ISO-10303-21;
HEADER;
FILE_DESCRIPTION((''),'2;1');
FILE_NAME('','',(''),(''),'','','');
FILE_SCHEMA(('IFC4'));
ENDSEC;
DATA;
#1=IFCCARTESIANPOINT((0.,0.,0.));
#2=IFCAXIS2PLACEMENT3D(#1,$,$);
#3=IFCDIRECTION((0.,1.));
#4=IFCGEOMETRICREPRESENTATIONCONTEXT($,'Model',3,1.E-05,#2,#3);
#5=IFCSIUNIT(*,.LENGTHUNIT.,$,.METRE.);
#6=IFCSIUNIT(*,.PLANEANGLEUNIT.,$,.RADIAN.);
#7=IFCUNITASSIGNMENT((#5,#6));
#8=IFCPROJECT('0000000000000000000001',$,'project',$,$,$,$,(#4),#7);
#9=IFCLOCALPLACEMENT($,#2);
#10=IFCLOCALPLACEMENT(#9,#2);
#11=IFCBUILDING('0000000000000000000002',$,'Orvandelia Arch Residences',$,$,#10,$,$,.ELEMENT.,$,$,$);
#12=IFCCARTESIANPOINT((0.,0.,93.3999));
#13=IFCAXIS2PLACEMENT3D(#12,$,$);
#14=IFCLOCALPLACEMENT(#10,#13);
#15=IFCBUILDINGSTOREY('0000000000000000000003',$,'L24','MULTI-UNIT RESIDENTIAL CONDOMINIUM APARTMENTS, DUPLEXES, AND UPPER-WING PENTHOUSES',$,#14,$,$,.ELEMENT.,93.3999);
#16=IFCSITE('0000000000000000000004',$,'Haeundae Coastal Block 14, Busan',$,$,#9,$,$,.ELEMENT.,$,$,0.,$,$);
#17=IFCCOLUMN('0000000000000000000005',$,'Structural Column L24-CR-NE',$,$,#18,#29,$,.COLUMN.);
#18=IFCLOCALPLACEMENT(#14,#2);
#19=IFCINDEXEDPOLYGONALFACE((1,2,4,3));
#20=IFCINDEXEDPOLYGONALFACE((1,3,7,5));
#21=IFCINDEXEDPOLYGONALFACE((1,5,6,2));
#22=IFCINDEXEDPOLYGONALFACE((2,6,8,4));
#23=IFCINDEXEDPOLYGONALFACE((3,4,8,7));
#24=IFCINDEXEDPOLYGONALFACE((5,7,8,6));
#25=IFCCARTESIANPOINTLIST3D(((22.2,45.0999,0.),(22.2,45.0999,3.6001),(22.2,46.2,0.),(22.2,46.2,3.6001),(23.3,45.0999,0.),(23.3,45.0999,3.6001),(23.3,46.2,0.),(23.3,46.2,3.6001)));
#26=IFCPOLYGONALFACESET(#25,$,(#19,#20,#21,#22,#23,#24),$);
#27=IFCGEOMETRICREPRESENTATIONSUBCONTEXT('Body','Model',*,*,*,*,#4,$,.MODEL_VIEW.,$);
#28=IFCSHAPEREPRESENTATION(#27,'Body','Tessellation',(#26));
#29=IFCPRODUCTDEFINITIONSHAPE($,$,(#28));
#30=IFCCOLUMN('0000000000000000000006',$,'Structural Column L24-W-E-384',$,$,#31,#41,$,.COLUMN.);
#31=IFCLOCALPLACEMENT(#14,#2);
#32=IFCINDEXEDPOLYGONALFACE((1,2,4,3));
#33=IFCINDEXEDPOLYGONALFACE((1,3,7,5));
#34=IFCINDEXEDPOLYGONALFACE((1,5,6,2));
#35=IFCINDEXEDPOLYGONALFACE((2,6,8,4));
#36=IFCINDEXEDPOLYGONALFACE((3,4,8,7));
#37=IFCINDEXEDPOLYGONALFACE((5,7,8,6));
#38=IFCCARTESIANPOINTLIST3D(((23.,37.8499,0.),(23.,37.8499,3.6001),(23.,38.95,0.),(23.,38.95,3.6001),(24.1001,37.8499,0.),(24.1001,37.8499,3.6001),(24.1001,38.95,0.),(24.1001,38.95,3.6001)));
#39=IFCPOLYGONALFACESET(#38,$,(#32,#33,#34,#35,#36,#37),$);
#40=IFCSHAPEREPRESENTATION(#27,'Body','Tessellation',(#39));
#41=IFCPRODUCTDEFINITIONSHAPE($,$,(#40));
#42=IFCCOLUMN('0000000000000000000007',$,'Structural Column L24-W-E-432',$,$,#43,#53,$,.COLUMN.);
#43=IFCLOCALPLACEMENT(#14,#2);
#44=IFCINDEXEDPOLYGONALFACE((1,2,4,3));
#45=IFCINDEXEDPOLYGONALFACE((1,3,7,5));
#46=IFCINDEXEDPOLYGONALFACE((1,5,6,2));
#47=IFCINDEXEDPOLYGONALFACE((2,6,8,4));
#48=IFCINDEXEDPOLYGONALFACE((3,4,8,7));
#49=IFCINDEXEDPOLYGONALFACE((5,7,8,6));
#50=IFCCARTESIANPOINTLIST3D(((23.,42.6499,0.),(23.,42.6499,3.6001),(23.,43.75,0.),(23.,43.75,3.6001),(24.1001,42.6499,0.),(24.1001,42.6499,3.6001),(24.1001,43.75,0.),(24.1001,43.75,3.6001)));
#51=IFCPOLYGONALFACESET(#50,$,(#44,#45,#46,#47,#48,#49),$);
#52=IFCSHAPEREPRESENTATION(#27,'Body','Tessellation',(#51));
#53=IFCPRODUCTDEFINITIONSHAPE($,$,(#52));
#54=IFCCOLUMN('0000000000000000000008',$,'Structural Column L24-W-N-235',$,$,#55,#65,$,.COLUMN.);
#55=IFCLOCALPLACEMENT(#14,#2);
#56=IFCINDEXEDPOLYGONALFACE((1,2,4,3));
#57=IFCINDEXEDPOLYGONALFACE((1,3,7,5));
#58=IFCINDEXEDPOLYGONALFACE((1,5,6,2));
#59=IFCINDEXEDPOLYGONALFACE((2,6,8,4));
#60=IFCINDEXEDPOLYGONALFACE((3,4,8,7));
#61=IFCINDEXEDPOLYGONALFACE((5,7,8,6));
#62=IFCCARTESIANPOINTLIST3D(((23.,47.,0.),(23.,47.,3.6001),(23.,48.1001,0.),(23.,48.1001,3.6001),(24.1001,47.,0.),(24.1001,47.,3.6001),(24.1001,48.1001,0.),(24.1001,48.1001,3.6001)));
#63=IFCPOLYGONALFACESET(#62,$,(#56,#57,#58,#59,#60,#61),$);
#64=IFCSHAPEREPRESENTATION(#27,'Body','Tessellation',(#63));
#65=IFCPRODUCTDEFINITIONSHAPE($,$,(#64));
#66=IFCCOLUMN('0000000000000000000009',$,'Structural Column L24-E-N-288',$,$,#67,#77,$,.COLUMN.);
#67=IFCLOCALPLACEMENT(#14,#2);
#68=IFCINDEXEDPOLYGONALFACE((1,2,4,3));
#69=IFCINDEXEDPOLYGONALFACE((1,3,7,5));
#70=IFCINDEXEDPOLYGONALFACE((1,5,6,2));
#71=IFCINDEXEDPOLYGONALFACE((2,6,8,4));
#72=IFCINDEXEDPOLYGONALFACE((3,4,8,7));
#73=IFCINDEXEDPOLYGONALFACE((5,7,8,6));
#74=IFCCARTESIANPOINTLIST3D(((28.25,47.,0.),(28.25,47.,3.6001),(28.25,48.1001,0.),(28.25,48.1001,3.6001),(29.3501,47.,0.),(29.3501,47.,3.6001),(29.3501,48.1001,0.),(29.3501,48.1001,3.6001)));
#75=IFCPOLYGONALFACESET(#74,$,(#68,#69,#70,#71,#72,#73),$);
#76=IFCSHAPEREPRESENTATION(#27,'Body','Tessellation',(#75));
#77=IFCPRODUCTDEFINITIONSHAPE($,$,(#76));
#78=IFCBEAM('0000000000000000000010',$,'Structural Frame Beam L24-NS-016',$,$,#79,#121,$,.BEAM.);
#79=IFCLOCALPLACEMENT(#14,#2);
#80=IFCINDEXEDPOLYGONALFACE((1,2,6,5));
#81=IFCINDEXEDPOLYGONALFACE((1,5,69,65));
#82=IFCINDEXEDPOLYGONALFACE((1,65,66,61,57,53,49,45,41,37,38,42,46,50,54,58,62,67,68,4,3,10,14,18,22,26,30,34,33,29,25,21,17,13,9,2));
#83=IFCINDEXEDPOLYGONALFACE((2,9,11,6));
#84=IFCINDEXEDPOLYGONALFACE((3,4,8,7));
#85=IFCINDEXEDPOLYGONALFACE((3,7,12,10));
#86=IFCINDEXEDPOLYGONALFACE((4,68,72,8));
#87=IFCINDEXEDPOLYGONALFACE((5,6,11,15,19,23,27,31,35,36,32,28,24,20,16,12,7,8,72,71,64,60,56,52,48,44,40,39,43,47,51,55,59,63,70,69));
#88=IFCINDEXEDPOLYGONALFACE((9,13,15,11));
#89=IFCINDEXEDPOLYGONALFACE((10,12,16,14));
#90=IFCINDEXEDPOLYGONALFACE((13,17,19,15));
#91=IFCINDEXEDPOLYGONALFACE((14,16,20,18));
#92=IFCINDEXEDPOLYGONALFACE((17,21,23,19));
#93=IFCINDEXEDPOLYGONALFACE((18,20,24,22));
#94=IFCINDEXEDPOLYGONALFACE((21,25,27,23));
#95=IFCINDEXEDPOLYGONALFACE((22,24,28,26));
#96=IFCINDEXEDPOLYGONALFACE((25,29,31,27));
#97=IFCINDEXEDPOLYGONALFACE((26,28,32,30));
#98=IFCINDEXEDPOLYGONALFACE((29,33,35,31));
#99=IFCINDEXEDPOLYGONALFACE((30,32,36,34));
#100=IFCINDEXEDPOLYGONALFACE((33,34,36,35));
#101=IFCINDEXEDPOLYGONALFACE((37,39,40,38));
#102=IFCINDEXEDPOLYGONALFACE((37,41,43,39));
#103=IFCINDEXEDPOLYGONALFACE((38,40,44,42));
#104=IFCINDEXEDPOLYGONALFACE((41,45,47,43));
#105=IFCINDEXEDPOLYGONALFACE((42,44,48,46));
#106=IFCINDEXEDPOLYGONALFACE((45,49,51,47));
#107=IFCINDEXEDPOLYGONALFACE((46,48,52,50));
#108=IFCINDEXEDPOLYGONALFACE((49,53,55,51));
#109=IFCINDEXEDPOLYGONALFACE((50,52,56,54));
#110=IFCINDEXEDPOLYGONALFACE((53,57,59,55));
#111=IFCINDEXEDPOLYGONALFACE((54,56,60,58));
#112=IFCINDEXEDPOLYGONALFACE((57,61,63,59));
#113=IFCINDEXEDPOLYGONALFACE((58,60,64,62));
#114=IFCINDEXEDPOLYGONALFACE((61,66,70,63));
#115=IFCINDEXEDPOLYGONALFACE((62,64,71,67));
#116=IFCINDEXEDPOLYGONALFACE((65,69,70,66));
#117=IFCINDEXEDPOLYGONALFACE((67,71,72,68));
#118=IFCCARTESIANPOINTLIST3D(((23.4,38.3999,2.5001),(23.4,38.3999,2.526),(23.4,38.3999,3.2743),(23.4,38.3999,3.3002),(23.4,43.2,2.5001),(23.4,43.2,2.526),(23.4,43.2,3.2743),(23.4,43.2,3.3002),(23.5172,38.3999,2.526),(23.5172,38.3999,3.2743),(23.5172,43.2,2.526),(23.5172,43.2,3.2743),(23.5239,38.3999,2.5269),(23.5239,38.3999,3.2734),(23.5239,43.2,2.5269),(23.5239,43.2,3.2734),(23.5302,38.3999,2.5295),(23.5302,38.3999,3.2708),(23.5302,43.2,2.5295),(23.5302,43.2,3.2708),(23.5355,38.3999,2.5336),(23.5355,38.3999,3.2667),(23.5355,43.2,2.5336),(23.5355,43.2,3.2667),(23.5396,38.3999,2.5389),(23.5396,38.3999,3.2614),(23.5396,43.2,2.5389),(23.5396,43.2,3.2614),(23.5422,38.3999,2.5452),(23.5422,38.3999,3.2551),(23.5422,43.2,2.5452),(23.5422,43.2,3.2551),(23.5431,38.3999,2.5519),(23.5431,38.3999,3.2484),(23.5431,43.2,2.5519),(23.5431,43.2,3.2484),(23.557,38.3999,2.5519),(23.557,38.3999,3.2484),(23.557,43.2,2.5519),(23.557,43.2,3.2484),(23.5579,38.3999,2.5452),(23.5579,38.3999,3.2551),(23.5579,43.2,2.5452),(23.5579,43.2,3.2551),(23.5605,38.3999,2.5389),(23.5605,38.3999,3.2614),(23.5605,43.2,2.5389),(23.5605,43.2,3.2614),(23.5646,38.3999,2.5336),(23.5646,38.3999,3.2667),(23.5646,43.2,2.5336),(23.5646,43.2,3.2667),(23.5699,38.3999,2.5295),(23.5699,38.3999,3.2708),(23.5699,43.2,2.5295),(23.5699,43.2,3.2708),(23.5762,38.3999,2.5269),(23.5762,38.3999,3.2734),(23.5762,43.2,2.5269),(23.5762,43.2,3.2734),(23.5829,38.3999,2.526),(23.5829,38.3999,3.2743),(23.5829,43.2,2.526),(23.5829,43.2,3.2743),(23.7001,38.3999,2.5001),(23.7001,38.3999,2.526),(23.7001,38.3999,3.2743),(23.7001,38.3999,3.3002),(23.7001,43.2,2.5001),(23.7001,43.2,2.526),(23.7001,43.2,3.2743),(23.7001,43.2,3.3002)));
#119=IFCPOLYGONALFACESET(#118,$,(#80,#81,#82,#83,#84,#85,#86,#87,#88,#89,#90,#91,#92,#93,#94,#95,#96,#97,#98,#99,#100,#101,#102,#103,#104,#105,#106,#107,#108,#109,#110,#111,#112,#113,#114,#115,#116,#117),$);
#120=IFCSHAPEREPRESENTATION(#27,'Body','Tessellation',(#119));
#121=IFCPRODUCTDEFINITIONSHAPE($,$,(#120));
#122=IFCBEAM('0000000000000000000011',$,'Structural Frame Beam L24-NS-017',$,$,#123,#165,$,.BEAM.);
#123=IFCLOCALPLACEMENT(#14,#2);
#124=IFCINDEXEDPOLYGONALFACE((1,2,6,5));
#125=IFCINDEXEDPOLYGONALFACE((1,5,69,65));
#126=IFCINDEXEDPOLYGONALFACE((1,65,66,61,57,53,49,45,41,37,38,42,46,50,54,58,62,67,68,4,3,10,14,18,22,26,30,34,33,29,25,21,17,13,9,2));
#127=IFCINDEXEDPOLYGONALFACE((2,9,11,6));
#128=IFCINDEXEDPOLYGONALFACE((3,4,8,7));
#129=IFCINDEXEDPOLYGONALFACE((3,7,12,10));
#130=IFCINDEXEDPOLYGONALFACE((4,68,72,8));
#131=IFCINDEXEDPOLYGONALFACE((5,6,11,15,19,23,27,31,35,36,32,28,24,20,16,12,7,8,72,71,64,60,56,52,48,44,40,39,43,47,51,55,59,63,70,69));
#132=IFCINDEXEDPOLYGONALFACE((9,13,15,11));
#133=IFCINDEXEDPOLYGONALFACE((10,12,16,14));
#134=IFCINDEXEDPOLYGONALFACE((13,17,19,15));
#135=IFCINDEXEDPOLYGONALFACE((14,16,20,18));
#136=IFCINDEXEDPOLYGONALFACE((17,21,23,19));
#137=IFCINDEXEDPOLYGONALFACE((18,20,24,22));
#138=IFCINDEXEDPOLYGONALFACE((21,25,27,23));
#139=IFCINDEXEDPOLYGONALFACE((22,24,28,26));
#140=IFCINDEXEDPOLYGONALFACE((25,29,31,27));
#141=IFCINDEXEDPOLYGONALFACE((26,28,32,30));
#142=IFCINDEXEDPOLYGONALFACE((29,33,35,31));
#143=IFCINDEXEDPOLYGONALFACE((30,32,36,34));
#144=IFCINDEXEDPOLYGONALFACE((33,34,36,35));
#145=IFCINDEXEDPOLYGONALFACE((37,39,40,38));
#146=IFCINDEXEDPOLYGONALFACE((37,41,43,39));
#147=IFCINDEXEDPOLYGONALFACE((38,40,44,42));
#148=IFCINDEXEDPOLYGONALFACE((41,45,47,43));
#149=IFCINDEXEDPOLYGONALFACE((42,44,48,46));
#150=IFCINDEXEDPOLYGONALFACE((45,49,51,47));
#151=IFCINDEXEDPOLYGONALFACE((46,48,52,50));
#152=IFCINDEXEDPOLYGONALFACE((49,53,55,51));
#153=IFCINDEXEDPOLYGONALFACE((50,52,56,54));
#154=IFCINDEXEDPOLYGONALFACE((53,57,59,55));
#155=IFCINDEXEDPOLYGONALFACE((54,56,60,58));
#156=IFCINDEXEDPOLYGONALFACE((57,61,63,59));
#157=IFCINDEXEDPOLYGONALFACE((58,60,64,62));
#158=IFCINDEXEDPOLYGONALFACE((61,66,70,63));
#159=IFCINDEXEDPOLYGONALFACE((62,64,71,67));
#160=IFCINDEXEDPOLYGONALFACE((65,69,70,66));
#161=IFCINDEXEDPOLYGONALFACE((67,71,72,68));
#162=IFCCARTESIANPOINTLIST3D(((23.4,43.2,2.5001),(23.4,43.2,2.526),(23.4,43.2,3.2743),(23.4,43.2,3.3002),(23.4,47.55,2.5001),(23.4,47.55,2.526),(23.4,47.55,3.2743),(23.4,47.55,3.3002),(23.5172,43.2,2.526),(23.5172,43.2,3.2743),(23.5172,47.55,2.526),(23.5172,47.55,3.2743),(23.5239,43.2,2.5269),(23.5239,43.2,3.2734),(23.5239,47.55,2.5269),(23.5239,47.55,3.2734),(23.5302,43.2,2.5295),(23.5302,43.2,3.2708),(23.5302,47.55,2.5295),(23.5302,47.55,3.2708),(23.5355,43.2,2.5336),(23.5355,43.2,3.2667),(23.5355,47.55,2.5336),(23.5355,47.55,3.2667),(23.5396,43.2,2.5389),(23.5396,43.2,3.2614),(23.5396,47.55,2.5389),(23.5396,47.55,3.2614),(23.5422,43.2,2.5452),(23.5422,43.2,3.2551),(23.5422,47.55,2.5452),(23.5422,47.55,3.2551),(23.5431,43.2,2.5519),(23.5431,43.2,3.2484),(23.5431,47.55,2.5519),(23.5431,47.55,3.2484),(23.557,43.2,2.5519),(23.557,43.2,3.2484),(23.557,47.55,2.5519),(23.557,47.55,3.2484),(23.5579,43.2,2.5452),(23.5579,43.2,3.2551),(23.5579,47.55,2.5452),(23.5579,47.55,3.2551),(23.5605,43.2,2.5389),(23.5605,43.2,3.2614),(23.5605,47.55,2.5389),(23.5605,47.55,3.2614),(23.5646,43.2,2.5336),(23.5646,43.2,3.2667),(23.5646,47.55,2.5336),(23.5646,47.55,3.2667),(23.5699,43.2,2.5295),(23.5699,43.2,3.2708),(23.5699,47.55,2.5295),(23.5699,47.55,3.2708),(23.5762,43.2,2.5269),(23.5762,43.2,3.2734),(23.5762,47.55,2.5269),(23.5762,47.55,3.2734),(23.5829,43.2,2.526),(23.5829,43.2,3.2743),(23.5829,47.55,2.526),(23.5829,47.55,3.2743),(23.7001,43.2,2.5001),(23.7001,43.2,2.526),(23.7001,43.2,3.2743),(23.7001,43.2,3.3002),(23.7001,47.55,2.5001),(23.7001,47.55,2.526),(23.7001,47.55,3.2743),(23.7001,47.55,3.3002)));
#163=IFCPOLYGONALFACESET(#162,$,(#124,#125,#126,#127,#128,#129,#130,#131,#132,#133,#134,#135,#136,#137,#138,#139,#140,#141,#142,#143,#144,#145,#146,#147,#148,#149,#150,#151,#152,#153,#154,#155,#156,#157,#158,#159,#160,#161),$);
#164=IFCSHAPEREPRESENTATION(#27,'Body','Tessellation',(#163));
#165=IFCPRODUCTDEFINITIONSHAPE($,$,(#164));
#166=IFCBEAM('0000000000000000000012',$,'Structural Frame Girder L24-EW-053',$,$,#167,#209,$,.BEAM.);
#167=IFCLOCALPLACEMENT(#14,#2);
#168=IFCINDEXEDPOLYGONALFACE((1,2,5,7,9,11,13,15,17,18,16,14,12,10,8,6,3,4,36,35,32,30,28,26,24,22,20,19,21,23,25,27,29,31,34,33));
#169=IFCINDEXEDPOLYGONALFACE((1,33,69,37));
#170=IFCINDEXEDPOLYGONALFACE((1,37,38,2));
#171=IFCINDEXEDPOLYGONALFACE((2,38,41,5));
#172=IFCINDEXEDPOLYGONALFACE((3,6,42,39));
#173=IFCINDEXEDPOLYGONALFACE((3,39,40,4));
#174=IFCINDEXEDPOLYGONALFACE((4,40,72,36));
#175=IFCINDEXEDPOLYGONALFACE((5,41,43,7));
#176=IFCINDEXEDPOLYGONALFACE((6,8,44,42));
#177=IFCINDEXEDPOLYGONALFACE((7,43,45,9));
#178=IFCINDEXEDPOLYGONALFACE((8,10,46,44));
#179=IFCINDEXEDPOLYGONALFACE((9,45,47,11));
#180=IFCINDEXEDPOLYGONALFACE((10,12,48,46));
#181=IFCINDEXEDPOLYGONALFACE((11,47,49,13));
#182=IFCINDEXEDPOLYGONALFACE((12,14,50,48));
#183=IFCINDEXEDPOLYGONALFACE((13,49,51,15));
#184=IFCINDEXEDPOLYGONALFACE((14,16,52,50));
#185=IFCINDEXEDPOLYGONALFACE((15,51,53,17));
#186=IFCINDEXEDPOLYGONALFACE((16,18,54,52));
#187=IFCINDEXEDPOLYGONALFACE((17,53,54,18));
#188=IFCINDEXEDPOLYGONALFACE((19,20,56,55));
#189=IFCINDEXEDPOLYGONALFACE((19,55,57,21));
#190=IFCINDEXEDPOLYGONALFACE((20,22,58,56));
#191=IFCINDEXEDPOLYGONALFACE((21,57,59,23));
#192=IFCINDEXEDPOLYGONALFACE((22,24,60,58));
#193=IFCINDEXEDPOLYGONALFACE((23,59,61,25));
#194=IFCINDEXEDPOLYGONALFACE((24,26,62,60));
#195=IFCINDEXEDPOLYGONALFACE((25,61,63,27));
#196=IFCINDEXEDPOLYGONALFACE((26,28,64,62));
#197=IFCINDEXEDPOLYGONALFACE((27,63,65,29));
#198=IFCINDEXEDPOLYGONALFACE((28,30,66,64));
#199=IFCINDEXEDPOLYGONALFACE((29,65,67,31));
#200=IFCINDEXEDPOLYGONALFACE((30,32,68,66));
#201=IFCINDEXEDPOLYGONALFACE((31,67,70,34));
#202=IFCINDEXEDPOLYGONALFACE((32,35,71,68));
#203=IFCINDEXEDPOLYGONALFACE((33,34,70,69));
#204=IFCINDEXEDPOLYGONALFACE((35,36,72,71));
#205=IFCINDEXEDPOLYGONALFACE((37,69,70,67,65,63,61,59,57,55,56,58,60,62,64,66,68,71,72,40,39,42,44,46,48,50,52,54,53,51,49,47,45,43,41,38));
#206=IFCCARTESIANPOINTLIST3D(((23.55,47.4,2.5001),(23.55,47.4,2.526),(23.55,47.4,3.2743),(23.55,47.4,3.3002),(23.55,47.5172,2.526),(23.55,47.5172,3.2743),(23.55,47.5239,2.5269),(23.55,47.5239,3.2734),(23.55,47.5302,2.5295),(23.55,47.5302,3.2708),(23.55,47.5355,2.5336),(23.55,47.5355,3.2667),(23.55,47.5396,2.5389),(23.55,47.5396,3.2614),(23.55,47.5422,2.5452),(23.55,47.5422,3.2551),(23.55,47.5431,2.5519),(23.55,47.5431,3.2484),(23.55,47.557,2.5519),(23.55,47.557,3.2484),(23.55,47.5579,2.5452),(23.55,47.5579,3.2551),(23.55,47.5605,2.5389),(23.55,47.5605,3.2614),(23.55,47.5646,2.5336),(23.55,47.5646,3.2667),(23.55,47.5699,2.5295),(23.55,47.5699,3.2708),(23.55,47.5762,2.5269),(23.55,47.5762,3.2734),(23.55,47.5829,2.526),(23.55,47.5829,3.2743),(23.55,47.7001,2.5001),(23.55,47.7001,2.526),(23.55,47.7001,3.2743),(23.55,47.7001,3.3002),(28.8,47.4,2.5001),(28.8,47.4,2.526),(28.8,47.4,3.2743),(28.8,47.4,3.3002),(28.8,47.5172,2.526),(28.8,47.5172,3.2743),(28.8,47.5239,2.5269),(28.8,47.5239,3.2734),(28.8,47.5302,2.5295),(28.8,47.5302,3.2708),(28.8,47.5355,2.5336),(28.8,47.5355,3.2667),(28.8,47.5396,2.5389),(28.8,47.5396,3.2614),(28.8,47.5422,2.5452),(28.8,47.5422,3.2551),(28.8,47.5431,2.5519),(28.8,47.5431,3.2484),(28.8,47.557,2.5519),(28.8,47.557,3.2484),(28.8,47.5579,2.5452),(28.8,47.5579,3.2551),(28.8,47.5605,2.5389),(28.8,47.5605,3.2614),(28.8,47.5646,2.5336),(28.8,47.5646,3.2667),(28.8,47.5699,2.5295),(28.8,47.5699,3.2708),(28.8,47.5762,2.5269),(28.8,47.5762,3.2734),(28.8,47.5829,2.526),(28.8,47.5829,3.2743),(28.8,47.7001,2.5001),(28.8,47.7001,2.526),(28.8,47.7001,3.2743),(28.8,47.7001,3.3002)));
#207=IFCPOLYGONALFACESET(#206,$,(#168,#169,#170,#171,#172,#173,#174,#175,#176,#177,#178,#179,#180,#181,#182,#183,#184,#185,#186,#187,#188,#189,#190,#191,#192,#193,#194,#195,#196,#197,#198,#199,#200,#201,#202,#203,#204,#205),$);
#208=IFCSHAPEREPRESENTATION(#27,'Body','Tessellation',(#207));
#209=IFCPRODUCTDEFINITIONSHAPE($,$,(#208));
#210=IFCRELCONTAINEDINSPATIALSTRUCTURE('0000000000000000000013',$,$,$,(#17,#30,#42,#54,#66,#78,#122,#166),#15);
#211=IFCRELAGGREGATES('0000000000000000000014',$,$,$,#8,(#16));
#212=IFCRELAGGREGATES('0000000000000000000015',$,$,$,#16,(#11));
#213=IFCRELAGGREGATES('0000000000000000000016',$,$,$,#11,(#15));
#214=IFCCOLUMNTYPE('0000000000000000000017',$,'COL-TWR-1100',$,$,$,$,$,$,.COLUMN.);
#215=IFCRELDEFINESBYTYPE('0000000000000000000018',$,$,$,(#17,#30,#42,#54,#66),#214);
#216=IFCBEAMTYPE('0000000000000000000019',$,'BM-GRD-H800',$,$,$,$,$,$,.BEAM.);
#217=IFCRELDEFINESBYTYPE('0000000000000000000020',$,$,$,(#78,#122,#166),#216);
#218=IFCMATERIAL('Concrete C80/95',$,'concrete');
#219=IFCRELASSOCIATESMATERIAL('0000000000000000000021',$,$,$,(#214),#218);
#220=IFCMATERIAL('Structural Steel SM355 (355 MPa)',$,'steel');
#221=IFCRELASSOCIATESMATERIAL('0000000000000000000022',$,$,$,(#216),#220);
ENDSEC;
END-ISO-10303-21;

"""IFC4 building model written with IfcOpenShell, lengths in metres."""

from ifc_helpers import new_model, si_unit, direction, frame, origin, origin_2d, place, context, subcontext, project, spatial, rectangle, i_section, extrude, material, material_profile, profile_set, type_object, element, save


model = new_model("IFC4")

# Units and contexts
model_context = context("Model", 3, precision=1e-05, world=origin(), true_north=direction((0.0, 1.0)))
body_context = subcontext(model_context, "Body", "Model", "MODEL_VIEW")
ifc_project = project(units=[si_unit("LENGTHUNIT", "METRE"), si_unit("PLANEANGLEUNIT", "RADIAN")], contexts=[model_context])

# Site, building, storey
site_placement = place(None, origin())
site = spatial("IfcSite", under=ifc_project, at=site_placement, Name="Haeundae Coastal Block 14, Busan", CompositionType="ELEMENT", RefElevation=0.0)
building_placement = place(site_placement, origin())
building = spatial("IfcBuilding", under=site, at=building_placement, Name="Orvandelia Arch Residences", CompositionType="ELEMENT")
storey_placement = place(building_placement, frame((0.0, 0.0, 93.3999)))
storey = spatial("IfcBuildingStorey", under=building, at=storey_placement, Name="L24", Description="MULTI-UNIT RESIDENTIAL CONDOMINIUM APARTMENTS, DUPLEXES, AND UPPER-WING PENTHOUSES", CompositionType="ELEMENT", Elevation=93.3999)

# Columns
ifc_material_1 = material(Name="Concrete C80/95", Category="concrete")
ifc_material_profile_1 = material_profile(ifc_material_1, rectangle(XDim=1.1001, YDim=1.1001, at=origin_2d()), Name="Concrete C80/95", Category="concrete")
ifc_profile_set_1 = profile_set([ifc_material_profile_1], Name="Concrete C80/95")
column_type = type_object("IfcColumnType", Name="COL-TWR-1100", PredefinedType="COLUMN", material=ifc_profile_set_1)
for number, where, z_axis, x_axis, name in (
    (1, (22.75, 45.6499, 0.0), (0.0, 0.0, 1.0), (1.0, 0.0, 0.0), "Structural Column L24-CR-NE"),
    (2, (23.55, 38.3999, 0.0), (0.0, 0.0, 1.0), (1.0, 0.0, 0.0), "Structural Column L24-W-E-384"),
    (3, (23.55, 43.2, 0.0), (0.0, 0.0, 1.0), (1.0, 0.0, 0.0), "Structural Column L24-W-E-432"),
    (4, (23.55, 47.55, 0.0), (0.0, 0.0, 1.0), (1.0, 0.0, 0.0), "Structural Column L24-W-N-235"),
    (5, (28.8, 47.55, 0.0), (0.0, 0.0, 1.0), (1.0, 0.0, 0.0), "Structural Column L24-E-N-288"),
):
    element("IfcColumn", number, at=place(storey_placement, frame(where, z_axis=z_axis, x_axis=x_axis)), inside=storey, type_object=column_type, Name=name, PredefinedType="COLUMN", context=body_context, shape_type="SweptSolid", body=[
        extrude(rectangle(XDim=1.1001, YDim=1.1001, at=origin_2d()), origin(), (0.0, 0.0, 1.0), 3.6001),
    ])

# Beams
ifc_material_2 = material(Name="Structural Steel SM355 (355 MPa)", Category="steel")
ifc_material_profile_2 = material_profile(ifc_material_2, i_section(OverallWidth=0.3, OverallDepth=0.8, WebThickness=0.0139, FlangeThickness=0.0259, FilletRadius=0.0259, at=origin_2d()), Name="Structural Steel SM355 (355 MPa)", Category="steel")
ifc_profile_set_2 = profile_set([ifc_material_profile_2], Name="Structural Steel SM355 (355 MPa)")
beam_type = type_object("IfcBeamType", Name="BM-GRD-H800", PredefinedType="BEAM", material=ifc_profile_set_2)
beam_1_placement = place(storey_placement, frame((23.55, 38.3999, 2.9001), z_axis=(0.0, 1.0, 0.0), x_axis=(-1.0, 0.0, 0.0)))
element("IfcBeam", 6, at=beam_1_placement, inside=storey, type_object=beam_type, Name="Structural Frame Beam L24-NS-016", PredefinedType="BEAM", context=body_context, shape_type="SweptSolid", body=[
    extrude(i_section(OverallWidth=0.3, OverallDepth=0.8, WebThickness=0.0139, FlangeThickness=0.0259, FilletRadius=0.0259, at=origin_2d()), origin(), (0.0, 0.0, 1.0), 4.8),
])
beam_2_placement = place(storey_placement, frame((23.55, 43.2, 2.9001), z_axis=(0.0, 1.0, 0.0), x_axis=(-1.0, 0.0, 0.0)))
element("IfcBeam", 7, at=beam_2_placement, inside=storey, type_object=beam_type, Name="Structural Frame Beam L24-NS-017", PredefinedType="BEAM", context=body_context, shape_type="SweptSolid", body=[
    extrude(i_section(OverallWidth=0.3, OverallDepth=0.8, WebThickness=0.0139, FlangeThickness=0.0259, FilletRadius=0.0259, at=origin_2d()), origin(), (0.0, 0.0, 1.0), 4.3501),
])
beam_3_placement = place(storey_placement, frame((23.55, 47.55, 2.9001), z_axis=(1.0, 0.0, 0.0), x_axis=(0.0, 1.0, 0.0)))
element("IfcBeam", 8, at=beam_3_placement, inside=storey, type_object=beam_type, Name="Structural Frame Girder L24-EW-053", PredefinedType="BEAM", context=body_context, shape_type="SweptSolid", body=[
    extrude(i_section(OverallWidth=0.3, OverallDepth=0.8, WebThickness=0.0139, FlangeThickness=0.0259, FilletRadius=0.0259, at=origin_2d()), origin(), (0.0, 0.0, 1.0), 5.25),
])

save(model, "model.ifc")
